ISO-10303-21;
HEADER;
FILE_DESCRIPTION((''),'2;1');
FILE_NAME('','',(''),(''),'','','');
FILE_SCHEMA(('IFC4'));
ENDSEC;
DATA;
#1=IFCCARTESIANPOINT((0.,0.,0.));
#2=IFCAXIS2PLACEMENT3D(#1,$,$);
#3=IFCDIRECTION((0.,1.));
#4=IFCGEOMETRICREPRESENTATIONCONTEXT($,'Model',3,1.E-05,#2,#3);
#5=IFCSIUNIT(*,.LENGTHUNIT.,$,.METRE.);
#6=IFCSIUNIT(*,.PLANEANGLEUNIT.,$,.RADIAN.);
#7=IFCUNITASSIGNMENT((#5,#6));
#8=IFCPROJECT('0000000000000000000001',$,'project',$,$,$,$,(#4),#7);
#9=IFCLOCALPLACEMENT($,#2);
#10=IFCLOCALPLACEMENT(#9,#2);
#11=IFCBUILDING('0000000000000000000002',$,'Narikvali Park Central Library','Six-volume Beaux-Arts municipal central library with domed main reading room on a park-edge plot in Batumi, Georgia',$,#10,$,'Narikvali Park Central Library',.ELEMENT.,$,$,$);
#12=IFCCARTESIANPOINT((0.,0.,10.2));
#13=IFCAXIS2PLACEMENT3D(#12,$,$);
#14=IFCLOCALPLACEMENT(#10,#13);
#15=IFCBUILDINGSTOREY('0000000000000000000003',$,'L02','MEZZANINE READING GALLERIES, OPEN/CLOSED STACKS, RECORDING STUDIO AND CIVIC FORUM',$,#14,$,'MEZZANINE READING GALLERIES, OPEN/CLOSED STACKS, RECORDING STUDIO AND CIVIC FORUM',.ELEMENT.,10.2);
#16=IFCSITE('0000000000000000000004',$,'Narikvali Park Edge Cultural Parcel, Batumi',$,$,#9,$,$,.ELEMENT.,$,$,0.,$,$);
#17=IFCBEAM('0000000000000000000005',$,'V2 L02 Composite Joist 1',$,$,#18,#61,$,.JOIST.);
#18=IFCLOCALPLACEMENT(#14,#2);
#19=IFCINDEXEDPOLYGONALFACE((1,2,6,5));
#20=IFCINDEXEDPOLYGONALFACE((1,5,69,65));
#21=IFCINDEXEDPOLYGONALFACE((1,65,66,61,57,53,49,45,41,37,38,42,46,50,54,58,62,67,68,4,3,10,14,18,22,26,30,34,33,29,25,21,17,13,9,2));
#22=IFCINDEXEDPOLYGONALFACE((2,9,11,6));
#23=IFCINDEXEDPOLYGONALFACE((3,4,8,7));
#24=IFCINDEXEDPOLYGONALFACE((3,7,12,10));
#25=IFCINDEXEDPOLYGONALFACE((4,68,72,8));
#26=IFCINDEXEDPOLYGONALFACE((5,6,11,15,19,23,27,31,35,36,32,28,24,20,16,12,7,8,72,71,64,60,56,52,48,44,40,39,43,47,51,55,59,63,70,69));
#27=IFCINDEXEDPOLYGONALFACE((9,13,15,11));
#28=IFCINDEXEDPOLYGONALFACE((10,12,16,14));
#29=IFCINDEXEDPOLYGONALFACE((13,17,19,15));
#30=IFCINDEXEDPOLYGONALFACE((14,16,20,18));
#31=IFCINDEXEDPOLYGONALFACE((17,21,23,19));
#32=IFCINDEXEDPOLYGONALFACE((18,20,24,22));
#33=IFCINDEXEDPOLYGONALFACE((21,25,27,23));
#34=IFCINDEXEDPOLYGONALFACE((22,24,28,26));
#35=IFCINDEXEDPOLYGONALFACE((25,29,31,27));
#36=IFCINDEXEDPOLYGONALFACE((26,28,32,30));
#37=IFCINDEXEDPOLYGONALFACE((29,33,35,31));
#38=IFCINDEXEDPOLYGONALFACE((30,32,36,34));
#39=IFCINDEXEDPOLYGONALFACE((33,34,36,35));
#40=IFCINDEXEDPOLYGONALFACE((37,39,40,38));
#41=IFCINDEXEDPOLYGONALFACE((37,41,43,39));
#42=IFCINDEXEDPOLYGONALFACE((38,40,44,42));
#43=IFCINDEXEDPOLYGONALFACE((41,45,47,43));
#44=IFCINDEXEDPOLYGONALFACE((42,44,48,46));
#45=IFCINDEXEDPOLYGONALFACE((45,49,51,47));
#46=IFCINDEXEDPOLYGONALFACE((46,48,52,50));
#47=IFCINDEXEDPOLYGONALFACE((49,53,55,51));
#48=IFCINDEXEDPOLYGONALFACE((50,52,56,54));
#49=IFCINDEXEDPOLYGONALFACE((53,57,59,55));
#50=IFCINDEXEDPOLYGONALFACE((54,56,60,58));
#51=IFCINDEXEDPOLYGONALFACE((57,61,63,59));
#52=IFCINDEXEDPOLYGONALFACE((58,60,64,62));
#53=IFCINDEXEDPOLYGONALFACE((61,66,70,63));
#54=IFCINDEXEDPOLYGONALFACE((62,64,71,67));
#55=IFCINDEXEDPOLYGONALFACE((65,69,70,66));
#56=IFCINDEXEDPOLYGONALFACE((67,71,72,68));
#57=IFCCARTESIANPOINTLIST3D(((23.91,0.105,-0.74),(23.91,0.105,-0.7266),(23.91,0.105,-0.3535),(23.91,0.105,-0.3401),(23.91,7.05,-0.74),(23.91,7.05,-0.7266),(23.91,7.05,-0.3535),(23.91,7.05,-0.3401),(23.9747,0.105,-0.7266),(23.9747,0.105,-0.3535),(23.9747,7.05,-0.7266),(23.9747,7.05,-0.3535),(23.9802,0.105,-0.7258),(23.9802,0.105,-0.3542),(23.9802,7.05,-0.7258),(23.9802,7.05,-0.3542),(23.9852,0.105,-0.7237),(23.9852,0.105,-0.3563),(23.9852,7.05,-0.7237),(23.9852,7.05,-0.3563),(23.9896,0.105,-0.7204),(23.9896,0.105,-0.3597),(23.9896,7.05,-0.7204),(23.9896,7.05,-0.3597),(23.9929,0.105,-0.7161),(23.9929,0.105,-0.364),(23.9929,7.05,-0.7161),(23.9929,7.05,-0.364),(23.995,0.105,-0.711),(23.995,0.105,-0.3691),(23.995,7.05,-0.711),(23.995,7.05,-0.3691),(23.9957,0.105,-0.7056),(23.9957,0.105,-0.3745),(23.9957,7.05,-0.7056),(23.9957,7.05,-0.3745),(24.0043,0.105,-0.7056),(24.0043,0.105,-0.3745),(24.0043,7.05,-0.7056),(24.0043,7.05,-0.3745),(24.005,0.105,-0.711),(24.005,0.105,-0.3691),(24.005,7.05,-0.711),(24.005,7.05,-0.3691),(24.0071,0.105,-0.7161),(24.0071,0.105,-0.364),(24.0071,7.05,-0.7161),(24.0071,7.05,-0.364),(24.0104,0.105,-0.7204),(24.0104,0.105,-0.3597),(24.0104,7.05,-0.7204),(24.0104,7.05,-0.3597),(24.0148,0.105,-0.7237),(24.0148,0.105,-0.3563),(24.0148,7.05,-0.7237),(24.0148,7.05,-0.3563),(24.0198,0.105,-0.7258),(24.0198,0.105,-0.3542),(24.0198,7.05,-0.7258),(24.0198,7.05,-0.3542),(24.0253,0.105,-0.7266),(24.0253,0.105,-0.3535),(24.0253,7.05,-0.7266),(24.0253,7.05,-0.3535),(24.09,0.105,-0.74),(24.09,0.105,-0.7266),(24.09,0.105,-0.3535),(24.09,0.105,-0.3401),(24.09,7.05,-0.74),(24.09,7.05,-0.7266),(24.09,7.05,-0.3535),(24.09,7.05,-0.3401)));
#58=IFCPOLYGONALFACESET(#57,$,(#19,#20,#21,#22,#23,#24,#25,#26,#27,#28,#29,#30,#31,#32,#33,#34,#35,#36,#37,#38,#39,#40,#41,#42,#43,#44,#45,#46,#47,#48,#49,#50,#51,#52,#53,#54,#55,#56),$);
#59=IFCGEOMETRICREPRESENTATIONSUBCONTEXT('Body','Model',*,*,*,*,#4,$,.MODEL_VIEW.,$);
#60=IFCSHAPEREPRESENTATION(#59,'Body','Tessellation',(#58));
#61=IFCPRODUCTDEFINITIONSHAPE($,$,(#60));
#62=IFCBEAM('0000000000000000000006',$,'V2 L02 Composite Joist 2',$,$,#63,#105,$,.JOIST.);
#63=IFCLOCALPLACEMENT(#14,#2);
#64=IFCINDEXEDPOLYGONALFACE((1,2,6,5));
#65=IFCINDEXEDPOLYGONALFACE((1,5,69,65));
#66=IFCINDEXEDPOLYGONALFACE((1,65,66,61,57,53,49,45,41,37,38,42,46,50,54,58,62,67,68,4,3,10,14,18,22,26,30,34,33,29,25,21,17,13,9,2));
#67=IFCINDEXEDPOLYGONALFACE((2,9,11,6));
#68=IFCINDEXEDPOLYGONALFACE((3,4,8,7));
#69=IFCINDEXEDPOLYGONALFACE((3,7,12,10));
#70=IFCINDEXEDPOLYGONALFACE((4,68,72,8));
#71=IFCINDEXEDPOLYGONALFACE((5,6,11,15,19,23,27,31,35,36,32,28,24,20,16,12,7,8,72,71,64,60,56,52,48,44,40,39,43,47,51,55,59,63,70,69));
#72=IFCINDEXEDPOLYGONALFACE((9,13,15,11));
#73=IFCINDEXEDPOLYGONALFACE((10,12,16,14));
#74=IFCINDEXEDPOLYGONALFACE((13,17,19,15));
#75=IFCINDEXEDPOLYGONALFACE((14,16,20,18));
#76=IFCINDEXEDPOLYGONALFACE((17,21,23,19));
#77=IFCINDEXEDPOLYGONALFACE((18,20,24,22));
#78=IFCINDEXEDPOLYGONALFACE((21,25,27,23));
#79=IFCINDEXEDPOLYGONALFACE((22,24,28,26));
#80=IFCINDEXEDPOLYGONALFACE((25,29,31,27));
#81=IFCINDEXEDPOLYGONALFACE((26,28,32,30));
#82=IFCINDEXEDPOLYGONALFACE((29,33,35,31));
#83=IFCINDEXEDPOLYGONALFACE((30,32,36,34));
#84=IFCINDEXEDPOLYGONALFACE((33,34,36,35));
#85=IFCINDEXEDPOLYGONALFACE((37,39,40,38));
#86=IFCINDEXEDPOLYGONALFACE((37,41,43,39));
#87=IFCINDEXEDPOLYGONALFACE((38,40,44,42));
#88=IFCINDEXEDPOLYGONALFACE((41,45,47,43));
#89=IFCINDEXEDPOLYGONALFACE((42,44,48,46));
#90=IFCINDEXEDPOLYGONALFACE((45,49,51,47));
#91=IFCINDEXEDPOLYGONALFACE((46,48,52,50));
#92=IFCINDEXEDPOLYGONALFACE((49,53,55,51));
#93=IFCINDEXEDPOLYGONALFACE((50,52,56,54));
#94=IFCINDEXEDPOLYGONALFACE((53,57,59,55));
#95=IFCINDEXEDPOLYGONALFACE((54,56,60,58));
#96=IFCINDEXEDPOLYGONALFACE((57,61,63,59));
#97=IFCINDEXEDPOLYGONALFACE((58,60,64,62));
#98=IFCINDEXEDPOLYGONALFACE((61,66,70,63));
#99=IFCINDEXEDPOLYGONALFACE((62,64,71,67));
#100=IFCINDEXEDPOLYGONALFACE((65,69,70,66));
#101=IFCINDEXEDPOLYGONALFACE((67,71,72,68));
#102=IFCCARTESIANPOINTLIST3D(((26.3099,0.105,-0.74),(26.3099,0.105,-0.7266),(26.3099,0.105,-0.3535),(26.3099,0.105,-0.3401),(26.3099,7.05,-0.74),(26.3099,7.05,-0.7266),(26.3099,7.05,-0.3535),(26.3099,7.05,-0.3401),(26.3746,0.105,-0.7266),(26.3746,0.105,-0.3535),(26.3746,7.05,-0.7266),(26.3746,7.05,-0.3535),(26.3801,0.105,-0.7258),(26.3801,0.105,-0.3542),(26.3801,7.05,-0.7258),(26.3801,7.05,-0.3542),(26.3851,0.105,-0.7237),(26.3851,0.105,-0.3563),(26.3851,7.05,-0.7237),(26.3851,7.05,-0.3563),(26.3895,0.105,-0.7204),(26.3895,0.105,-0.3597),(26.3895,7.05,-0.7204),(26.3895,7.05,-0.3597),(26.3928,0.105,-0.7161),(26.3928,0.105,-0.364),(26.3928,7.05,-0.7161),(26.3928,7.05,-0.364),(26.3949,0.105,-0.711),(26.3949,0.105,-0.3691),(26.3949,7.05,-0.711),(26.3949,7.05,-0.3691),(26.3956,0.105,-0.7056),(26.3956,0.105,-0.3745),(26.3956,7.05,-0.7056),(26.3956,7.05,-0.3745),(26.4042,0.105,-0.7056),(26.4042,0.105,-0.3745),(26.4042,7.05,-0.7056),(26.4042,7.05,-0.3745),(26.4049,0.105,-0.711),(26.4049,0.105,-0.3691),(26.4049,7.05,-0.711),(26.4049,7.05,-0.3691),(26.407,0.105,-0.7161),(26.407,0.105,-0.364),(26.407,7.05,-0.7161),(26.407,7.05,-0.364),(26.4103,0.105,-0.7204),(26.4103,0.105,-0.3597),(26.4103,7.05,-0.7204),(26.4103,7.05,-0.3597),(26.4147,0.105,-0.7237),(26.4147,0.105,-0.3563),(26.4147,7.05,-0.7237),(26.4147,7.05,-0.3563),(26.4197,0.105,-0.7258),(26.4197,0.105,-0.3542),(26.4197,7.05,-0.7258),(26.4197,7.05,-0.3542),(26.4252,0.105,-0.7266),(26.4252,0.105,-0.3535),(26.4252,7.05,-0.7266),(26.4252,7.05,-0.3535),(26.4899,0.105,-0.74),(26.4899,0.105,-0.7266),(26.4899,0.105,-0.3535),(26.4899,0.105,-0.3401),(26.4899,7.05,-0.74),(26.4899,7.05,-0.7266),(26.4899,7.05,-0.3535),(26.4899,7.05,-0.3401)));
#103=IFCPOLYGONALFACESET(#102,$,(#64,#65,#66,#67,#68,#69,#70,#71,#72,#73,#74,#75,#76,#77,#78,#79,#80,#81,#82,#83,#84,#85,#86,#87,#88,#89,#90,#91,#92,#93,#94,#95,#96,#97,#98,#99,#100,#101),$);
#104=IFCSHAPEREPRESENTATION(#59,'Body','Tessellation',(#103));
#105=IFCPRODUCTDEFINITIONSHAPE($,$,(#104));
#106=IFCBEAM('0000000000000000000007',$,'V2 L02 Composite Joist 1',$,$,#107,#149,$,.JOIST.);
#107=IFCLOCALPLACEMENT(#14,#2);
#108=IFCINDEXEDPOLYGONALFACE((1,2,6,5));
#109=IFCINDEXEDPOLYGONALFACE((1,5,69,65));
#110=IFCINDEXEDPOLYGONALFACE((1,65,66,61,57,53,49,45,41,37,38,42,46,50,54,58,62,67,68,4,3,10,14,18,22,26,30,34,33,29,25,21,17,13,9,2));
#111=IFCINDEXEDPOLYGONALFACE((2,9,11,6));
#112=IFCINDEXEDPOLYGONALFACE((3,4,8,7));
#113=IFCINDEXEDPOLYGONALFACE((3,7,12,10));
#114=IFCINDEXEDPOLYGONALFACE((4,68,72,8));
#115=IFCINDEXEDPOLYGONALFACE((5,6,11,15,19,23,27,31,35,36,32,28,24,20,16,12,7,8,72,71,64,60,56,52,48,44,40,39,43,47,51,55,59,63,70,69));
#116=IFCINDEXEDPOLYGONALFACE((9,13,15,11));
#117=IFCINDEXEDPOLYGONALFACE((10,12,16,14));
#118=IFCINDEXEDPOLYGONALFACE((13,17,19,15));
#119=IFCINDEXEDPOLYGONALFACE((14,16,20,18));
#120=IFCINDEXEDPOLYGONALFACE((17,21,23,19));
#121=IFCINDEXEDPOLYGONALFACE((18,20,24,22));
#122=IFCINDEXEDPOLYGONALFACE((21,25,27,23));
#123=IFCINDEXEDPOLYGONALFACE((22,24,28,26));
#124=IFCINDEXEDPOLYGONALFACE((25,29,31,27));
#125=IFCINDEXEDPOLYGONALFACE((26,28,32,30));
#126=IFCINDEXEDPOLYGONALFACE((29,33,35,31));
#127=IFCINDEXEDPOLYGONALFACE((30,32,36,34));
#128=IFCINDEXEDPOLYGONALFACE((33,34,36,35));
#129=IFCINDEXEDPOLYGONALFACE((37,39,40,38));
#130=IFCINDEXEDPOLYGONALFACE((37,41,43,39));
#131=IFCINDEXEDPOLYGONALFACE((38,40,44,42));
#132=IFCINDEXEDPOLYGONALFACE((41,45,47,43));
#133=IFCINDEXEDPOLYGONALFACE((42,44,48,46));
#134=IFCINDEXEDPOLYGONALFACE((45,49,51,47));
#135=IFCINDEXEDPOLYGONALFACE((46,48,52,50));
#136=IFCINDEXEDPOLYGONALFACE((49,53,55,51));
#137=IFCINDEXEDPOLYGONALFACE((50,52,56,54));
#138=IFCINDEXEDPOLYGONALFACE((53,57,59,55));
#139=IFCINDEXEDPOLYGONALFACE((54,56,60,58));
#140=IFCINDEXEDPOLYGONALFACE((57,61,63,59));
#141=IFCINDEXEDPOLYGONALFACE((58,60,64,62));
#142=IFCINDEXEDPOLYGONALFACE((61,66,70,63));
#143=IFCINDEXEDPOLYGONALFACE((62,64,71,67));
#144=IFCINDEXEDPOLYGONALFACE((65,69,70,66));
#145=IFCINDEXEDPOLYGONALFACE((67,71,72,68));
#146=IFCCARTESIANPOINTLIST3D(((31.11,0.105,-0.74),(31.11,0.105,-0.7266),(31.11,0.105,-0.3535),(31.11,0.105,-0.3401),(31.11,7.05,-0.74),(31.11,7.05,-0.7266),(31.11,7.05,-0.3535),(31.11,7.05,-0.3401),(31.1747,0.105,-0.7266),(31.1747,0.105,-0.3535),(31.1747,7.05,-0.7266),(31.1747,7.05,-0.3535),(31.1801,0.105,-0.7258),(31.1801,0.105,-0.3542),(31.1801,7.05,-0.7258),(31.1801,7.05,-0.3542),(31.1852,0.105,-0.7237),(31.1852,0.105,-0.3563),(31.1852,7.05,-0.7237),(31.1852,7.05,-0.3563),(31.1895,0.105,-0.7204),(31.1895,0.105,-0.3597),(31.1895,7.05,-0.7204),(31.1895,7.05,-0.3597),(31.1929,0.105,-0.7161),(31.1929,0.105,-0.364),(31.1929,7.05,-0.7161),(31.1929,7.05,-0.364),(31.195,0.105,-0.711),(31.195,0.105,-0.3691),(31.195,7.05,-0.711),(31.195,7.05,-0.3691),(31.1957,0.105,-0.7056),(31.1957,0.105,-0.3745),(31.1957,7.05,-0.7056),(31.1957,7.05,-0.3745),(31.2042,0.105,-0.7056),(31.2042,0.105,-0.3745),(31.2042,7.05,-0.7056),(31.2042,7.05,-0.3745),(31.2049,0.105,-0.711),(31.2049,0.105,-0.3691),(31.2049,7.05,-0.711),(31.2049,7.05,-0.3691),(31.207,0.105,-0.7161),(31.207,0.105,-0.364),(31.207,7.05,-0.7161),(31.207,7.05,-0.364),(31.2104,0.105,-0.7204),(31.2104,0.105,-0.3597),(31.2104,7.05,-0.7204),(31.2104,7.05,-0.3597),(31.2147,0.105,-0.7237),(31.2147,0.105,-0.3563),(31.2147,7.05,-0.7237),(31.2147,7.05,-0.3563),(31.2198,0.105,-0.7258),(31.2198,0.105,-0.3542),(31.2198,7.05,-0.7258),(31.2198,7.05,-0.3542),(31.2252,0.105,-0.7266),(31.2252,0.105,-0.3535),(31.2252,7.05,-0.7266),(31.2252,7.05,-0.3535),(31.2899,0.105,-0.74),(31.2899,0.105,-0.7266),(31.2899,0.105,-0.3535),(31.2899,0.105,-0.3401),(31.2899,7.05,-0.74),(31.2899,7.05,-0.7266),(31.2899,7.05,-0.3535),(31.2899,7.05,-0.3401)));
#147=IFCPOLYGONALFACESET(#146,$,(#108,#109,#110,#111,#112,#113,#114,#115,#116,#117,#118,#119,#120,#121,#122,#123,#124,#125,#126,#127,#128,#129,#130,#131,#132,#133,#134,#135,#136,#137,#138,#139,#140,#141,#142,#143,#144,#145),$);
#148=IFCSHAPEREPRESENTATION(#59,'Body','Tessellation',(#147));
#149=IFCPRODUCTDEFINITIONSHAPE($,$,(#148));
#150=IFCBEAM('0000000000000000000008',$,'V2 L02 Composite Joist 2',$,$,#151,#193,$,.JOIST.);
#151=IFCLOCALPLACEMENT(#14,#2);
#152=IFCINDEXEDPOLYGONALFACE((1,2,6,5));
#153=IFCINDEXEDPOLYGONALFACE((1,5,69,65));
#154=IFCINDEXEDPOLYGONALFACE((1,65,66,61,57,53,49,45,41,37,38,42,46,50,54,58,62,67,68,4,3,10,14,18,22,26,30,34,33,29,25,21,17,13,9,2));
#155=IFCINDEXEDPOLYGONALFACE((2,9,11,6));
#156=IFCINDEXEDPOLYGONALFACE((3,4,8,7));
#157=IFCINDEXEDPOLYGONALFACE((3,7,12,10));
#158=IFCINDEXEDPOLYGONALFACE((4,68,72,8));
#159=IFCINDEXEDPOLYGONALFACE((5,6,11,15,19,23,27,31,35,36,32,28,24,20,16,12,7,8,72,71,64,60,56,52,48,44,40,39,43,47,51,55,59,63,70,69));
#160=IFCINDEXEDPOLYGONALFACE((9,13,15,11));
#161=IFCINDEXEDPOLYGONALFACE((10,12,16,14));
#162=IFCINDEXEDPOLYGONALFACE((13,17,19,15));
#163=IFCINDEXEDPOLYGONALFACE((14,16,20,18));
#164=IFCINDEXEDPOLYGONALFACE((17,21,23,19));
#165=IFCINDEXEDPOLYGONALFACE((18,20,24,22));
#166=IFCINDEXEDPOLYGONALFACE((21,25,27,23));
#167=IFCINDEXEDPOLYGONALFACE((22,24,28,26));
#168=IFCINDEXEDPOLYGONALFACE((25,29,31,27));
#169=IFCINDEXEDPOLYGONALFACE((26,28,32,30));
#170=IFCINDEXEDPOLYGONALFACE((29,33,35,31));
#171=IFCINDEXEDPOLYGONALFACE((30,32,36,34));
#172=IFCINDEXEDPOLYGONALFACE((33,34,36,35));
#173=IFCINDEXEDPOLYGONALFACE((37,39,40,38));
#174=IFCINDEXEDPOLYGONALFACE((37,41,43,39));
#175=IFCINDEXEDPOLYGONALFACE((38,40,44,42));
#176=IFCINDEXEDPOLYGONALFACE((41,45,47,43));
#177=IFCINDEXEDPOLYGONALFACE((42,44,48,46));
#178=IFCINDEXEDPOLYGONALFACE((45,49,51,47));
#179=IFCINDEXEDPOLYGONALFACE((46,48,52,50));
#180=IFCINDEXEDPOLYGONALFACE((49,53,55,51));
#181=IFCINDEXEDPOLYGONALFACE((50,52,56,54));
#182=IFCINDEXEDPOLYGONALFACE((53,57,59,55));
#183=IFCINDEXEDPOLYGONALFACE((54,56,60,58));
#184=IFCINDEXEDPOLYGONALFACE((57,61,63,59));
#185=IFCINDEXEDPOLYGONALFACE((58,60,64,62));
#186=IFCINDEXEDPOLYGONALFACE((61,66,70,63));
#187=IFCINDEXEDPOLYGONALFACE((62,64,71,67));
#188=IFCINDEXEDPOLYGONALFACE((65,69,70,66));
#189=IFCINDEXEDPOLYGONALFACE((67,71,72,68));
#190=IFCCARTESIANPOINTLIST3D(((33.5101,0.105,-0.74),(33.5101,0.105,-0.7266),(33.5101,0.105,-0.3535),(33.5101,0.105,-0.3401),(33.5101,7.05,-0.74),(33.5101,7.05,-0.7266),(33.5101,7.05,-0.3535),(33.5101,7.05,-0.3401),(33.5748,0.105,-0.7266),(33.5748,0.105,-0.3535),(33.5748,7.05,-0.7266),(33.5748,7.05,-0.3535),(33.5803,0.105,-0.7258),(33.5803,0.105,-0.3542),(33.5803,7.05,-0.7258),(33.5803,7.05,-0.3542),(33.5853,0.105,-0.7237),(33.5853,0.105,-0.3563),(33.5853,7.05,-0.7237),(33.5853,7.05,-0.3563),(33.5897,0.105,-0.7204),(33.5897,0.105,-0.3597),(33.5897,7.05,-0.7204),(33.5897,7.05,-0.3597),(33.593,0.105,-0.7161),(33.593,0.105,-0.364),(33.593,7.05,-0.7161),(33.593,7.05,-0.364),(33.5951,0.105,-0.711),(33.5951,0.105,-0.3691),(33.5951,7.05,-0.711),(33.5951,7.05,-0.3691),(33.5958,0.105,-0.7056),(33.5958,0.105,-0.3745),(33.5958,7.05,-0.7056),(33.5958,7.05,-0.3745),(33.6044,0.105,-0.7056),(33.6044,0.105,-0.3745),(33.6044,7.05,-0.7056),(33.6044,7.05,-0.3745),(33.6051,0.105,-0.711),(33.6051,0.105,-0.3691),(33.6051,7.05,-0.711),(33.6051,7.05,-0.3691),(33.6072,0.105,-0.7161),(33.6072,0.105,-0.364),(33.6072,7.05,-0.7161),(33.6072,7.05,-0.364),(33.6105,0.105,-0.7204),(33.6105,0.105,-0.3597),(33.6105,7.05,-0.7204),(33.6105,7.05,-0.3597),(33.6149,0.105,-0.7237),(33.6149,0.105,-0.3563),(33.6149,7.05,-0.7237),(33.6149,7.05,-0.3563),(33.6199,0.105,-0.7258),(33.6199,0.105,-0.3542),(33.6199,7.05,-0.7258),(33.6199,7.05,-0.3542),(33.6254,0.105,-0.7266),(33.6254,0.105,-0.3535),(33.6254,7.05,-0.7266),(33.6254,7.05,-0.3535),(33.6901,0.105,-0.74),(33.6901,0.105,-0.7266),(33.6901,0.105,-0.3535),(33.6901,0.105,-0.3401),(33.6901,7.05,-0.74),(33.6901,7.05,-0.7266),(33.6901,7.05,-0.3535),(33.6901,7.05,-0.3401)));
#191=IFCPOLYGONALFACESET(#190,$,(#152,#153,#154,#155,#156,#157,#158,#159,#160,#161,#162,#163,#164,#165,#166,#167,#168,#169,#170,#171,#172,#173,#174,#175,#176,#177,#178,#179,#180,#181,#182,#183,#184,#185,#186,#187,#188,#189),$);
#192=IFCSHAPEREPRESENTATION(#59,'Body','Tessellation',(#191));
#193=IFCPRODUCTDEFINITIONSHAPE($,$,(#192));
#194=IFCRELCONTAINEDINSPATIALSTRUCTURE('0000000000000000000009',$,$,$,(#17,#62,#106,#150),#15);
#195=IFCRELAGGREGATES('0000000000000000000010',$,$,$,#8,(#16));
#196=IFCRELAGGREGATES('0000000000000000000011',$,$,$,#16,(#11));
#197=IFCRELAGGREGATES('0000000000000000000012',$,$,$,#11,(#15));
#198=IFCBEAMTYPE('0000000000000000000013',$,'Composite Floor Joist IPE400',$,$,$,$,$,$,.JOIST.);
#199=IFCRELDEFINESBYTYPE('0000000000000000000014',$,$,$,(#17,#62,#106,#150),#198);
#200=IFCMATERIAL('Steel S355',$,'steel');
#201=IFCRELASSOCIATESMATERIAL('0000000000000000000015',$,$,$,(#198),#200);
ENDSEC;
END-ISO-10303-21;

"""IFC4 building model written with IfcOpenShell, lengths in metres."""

from ifc_helpers import new_model, si_unit, direction, frame, origin, origin_2d, place, context, subcontext, project, spatial, i_section, extrude, material, material_profile, profile_set, type_object, element, save


model = new_model("IFC4")

# Units and contexts
model_context = context("Model", 3, precision=1e-05, world=origin(), true_north=direction((0.0, 1.0)))
body_context = subcontext(model_context, "Body", "Model", "MODEL_VIEW")
ifc_project = project(units=[si_unit("LENGTHUNIT", "METRE"), si_unit("PLANEANGLEUNIT", "RADIAN")], contexts=[model_context])

# Site, building, storey
site_placement = place(None, origin())
site = spatial("IfcSite", under=ifc_project, at=site_placement, Name="Narikvali Park Edge Cultural Parcel, Batumi", CompositionType="ELEMENT", RefElevation=0.0)
building_placement = place(site_placement, origin())
building = spatial("IfcBuilding", under=site, at=building_placement, Name="Narikvali Park Central Library", Description="Six-volume Beaux-Arts municipal central library with domed main reading room on a park-edge plot in Batumi, Georgia", LongName="Narikvali Park Central Library", CompositionType="ELEMENT")
storey_placement = place(building_placement, frame((0.0, 0.0, 10.2)))
storey = spatial("IfcBuildingStorey", under=building, at=storey_placement, Name="L02", Description="MEZZANINE READING GALLERIES, OPEN/CLOSED STACKS, RECORDING STUDIO AND CIVIC FORUM", LongName="MEZZANINE READING GALLERIES, OPEN/CLOSED STACKS, RECORDING STUDIO AND CIVIC FORUM", CompositionType="ELEMENT", Elevation=10.2)

# Beams
ifc_material_1 = material(Name="Steel S355", Category="steel")
ifc_material_profile_1 = material_profile(ifc_material_1, i_section(OverallWidth=0.1799, OverallDepth=0.3999, WebThickness=0.0085, FlangeThickness=0.0134, FilletRadius=0.021, at=origin_2d()), Name="IPE 400")
ifc_profile_set_1 = profile_set([ifc_material_profile_1], Name="Steel S355")
beam_type_1 = type_object("IfcBeamType", Name="Composite Floor Joist IPE400", PredefinedType="JOIST", material=ifc_profile_set_1)
for number, where, z_axis, x_axis, name in (
    (1, (24.0, 0.105, -0.54), (0.0, 1.0, 0.0), (-1.0, 0.0, 0.0), "V2 L02 Composite Joist 1"),
    (2, (26.3999, 0.105, -0.54), (0.0, 1.0, 0.0), (-1.0, 0.0, 0.0), "V2 L02 Composite Joist 2"),
    (3, (31.2, 0.105, -0.54), (0.0, 1.0, 0.0), (-1.0, 0.0, 0.0), "V2 L02 Composite Joist 1"),
    (4, (33.6001, 0.105, -0.54), (0.0, 1.0, 0.0), (-1.0, 0.0, 0.0), "V2 L02 Composite Joist 2"),
):
    element("IfcBeam", number, at=place(storey_placement, frame(where, z_axis=z_axis, x_axis=x_axis)), inside=storey, type_object=beam_type_1, Name=name, PredefinedType="JOIST", context=body_context, shape_type="SweptSolid", body=[
        extrude(i_section(OverallWidth=0.1799, OverallDepth=0.3999, WebThickness=0.0085, FlangeThickness=0.0134, FilletRadius=0.021, at=origin_2d()), origin(), (0.0, 0.0, 1.0), 6.9451),
    ])

save(model, "model.ifc")
